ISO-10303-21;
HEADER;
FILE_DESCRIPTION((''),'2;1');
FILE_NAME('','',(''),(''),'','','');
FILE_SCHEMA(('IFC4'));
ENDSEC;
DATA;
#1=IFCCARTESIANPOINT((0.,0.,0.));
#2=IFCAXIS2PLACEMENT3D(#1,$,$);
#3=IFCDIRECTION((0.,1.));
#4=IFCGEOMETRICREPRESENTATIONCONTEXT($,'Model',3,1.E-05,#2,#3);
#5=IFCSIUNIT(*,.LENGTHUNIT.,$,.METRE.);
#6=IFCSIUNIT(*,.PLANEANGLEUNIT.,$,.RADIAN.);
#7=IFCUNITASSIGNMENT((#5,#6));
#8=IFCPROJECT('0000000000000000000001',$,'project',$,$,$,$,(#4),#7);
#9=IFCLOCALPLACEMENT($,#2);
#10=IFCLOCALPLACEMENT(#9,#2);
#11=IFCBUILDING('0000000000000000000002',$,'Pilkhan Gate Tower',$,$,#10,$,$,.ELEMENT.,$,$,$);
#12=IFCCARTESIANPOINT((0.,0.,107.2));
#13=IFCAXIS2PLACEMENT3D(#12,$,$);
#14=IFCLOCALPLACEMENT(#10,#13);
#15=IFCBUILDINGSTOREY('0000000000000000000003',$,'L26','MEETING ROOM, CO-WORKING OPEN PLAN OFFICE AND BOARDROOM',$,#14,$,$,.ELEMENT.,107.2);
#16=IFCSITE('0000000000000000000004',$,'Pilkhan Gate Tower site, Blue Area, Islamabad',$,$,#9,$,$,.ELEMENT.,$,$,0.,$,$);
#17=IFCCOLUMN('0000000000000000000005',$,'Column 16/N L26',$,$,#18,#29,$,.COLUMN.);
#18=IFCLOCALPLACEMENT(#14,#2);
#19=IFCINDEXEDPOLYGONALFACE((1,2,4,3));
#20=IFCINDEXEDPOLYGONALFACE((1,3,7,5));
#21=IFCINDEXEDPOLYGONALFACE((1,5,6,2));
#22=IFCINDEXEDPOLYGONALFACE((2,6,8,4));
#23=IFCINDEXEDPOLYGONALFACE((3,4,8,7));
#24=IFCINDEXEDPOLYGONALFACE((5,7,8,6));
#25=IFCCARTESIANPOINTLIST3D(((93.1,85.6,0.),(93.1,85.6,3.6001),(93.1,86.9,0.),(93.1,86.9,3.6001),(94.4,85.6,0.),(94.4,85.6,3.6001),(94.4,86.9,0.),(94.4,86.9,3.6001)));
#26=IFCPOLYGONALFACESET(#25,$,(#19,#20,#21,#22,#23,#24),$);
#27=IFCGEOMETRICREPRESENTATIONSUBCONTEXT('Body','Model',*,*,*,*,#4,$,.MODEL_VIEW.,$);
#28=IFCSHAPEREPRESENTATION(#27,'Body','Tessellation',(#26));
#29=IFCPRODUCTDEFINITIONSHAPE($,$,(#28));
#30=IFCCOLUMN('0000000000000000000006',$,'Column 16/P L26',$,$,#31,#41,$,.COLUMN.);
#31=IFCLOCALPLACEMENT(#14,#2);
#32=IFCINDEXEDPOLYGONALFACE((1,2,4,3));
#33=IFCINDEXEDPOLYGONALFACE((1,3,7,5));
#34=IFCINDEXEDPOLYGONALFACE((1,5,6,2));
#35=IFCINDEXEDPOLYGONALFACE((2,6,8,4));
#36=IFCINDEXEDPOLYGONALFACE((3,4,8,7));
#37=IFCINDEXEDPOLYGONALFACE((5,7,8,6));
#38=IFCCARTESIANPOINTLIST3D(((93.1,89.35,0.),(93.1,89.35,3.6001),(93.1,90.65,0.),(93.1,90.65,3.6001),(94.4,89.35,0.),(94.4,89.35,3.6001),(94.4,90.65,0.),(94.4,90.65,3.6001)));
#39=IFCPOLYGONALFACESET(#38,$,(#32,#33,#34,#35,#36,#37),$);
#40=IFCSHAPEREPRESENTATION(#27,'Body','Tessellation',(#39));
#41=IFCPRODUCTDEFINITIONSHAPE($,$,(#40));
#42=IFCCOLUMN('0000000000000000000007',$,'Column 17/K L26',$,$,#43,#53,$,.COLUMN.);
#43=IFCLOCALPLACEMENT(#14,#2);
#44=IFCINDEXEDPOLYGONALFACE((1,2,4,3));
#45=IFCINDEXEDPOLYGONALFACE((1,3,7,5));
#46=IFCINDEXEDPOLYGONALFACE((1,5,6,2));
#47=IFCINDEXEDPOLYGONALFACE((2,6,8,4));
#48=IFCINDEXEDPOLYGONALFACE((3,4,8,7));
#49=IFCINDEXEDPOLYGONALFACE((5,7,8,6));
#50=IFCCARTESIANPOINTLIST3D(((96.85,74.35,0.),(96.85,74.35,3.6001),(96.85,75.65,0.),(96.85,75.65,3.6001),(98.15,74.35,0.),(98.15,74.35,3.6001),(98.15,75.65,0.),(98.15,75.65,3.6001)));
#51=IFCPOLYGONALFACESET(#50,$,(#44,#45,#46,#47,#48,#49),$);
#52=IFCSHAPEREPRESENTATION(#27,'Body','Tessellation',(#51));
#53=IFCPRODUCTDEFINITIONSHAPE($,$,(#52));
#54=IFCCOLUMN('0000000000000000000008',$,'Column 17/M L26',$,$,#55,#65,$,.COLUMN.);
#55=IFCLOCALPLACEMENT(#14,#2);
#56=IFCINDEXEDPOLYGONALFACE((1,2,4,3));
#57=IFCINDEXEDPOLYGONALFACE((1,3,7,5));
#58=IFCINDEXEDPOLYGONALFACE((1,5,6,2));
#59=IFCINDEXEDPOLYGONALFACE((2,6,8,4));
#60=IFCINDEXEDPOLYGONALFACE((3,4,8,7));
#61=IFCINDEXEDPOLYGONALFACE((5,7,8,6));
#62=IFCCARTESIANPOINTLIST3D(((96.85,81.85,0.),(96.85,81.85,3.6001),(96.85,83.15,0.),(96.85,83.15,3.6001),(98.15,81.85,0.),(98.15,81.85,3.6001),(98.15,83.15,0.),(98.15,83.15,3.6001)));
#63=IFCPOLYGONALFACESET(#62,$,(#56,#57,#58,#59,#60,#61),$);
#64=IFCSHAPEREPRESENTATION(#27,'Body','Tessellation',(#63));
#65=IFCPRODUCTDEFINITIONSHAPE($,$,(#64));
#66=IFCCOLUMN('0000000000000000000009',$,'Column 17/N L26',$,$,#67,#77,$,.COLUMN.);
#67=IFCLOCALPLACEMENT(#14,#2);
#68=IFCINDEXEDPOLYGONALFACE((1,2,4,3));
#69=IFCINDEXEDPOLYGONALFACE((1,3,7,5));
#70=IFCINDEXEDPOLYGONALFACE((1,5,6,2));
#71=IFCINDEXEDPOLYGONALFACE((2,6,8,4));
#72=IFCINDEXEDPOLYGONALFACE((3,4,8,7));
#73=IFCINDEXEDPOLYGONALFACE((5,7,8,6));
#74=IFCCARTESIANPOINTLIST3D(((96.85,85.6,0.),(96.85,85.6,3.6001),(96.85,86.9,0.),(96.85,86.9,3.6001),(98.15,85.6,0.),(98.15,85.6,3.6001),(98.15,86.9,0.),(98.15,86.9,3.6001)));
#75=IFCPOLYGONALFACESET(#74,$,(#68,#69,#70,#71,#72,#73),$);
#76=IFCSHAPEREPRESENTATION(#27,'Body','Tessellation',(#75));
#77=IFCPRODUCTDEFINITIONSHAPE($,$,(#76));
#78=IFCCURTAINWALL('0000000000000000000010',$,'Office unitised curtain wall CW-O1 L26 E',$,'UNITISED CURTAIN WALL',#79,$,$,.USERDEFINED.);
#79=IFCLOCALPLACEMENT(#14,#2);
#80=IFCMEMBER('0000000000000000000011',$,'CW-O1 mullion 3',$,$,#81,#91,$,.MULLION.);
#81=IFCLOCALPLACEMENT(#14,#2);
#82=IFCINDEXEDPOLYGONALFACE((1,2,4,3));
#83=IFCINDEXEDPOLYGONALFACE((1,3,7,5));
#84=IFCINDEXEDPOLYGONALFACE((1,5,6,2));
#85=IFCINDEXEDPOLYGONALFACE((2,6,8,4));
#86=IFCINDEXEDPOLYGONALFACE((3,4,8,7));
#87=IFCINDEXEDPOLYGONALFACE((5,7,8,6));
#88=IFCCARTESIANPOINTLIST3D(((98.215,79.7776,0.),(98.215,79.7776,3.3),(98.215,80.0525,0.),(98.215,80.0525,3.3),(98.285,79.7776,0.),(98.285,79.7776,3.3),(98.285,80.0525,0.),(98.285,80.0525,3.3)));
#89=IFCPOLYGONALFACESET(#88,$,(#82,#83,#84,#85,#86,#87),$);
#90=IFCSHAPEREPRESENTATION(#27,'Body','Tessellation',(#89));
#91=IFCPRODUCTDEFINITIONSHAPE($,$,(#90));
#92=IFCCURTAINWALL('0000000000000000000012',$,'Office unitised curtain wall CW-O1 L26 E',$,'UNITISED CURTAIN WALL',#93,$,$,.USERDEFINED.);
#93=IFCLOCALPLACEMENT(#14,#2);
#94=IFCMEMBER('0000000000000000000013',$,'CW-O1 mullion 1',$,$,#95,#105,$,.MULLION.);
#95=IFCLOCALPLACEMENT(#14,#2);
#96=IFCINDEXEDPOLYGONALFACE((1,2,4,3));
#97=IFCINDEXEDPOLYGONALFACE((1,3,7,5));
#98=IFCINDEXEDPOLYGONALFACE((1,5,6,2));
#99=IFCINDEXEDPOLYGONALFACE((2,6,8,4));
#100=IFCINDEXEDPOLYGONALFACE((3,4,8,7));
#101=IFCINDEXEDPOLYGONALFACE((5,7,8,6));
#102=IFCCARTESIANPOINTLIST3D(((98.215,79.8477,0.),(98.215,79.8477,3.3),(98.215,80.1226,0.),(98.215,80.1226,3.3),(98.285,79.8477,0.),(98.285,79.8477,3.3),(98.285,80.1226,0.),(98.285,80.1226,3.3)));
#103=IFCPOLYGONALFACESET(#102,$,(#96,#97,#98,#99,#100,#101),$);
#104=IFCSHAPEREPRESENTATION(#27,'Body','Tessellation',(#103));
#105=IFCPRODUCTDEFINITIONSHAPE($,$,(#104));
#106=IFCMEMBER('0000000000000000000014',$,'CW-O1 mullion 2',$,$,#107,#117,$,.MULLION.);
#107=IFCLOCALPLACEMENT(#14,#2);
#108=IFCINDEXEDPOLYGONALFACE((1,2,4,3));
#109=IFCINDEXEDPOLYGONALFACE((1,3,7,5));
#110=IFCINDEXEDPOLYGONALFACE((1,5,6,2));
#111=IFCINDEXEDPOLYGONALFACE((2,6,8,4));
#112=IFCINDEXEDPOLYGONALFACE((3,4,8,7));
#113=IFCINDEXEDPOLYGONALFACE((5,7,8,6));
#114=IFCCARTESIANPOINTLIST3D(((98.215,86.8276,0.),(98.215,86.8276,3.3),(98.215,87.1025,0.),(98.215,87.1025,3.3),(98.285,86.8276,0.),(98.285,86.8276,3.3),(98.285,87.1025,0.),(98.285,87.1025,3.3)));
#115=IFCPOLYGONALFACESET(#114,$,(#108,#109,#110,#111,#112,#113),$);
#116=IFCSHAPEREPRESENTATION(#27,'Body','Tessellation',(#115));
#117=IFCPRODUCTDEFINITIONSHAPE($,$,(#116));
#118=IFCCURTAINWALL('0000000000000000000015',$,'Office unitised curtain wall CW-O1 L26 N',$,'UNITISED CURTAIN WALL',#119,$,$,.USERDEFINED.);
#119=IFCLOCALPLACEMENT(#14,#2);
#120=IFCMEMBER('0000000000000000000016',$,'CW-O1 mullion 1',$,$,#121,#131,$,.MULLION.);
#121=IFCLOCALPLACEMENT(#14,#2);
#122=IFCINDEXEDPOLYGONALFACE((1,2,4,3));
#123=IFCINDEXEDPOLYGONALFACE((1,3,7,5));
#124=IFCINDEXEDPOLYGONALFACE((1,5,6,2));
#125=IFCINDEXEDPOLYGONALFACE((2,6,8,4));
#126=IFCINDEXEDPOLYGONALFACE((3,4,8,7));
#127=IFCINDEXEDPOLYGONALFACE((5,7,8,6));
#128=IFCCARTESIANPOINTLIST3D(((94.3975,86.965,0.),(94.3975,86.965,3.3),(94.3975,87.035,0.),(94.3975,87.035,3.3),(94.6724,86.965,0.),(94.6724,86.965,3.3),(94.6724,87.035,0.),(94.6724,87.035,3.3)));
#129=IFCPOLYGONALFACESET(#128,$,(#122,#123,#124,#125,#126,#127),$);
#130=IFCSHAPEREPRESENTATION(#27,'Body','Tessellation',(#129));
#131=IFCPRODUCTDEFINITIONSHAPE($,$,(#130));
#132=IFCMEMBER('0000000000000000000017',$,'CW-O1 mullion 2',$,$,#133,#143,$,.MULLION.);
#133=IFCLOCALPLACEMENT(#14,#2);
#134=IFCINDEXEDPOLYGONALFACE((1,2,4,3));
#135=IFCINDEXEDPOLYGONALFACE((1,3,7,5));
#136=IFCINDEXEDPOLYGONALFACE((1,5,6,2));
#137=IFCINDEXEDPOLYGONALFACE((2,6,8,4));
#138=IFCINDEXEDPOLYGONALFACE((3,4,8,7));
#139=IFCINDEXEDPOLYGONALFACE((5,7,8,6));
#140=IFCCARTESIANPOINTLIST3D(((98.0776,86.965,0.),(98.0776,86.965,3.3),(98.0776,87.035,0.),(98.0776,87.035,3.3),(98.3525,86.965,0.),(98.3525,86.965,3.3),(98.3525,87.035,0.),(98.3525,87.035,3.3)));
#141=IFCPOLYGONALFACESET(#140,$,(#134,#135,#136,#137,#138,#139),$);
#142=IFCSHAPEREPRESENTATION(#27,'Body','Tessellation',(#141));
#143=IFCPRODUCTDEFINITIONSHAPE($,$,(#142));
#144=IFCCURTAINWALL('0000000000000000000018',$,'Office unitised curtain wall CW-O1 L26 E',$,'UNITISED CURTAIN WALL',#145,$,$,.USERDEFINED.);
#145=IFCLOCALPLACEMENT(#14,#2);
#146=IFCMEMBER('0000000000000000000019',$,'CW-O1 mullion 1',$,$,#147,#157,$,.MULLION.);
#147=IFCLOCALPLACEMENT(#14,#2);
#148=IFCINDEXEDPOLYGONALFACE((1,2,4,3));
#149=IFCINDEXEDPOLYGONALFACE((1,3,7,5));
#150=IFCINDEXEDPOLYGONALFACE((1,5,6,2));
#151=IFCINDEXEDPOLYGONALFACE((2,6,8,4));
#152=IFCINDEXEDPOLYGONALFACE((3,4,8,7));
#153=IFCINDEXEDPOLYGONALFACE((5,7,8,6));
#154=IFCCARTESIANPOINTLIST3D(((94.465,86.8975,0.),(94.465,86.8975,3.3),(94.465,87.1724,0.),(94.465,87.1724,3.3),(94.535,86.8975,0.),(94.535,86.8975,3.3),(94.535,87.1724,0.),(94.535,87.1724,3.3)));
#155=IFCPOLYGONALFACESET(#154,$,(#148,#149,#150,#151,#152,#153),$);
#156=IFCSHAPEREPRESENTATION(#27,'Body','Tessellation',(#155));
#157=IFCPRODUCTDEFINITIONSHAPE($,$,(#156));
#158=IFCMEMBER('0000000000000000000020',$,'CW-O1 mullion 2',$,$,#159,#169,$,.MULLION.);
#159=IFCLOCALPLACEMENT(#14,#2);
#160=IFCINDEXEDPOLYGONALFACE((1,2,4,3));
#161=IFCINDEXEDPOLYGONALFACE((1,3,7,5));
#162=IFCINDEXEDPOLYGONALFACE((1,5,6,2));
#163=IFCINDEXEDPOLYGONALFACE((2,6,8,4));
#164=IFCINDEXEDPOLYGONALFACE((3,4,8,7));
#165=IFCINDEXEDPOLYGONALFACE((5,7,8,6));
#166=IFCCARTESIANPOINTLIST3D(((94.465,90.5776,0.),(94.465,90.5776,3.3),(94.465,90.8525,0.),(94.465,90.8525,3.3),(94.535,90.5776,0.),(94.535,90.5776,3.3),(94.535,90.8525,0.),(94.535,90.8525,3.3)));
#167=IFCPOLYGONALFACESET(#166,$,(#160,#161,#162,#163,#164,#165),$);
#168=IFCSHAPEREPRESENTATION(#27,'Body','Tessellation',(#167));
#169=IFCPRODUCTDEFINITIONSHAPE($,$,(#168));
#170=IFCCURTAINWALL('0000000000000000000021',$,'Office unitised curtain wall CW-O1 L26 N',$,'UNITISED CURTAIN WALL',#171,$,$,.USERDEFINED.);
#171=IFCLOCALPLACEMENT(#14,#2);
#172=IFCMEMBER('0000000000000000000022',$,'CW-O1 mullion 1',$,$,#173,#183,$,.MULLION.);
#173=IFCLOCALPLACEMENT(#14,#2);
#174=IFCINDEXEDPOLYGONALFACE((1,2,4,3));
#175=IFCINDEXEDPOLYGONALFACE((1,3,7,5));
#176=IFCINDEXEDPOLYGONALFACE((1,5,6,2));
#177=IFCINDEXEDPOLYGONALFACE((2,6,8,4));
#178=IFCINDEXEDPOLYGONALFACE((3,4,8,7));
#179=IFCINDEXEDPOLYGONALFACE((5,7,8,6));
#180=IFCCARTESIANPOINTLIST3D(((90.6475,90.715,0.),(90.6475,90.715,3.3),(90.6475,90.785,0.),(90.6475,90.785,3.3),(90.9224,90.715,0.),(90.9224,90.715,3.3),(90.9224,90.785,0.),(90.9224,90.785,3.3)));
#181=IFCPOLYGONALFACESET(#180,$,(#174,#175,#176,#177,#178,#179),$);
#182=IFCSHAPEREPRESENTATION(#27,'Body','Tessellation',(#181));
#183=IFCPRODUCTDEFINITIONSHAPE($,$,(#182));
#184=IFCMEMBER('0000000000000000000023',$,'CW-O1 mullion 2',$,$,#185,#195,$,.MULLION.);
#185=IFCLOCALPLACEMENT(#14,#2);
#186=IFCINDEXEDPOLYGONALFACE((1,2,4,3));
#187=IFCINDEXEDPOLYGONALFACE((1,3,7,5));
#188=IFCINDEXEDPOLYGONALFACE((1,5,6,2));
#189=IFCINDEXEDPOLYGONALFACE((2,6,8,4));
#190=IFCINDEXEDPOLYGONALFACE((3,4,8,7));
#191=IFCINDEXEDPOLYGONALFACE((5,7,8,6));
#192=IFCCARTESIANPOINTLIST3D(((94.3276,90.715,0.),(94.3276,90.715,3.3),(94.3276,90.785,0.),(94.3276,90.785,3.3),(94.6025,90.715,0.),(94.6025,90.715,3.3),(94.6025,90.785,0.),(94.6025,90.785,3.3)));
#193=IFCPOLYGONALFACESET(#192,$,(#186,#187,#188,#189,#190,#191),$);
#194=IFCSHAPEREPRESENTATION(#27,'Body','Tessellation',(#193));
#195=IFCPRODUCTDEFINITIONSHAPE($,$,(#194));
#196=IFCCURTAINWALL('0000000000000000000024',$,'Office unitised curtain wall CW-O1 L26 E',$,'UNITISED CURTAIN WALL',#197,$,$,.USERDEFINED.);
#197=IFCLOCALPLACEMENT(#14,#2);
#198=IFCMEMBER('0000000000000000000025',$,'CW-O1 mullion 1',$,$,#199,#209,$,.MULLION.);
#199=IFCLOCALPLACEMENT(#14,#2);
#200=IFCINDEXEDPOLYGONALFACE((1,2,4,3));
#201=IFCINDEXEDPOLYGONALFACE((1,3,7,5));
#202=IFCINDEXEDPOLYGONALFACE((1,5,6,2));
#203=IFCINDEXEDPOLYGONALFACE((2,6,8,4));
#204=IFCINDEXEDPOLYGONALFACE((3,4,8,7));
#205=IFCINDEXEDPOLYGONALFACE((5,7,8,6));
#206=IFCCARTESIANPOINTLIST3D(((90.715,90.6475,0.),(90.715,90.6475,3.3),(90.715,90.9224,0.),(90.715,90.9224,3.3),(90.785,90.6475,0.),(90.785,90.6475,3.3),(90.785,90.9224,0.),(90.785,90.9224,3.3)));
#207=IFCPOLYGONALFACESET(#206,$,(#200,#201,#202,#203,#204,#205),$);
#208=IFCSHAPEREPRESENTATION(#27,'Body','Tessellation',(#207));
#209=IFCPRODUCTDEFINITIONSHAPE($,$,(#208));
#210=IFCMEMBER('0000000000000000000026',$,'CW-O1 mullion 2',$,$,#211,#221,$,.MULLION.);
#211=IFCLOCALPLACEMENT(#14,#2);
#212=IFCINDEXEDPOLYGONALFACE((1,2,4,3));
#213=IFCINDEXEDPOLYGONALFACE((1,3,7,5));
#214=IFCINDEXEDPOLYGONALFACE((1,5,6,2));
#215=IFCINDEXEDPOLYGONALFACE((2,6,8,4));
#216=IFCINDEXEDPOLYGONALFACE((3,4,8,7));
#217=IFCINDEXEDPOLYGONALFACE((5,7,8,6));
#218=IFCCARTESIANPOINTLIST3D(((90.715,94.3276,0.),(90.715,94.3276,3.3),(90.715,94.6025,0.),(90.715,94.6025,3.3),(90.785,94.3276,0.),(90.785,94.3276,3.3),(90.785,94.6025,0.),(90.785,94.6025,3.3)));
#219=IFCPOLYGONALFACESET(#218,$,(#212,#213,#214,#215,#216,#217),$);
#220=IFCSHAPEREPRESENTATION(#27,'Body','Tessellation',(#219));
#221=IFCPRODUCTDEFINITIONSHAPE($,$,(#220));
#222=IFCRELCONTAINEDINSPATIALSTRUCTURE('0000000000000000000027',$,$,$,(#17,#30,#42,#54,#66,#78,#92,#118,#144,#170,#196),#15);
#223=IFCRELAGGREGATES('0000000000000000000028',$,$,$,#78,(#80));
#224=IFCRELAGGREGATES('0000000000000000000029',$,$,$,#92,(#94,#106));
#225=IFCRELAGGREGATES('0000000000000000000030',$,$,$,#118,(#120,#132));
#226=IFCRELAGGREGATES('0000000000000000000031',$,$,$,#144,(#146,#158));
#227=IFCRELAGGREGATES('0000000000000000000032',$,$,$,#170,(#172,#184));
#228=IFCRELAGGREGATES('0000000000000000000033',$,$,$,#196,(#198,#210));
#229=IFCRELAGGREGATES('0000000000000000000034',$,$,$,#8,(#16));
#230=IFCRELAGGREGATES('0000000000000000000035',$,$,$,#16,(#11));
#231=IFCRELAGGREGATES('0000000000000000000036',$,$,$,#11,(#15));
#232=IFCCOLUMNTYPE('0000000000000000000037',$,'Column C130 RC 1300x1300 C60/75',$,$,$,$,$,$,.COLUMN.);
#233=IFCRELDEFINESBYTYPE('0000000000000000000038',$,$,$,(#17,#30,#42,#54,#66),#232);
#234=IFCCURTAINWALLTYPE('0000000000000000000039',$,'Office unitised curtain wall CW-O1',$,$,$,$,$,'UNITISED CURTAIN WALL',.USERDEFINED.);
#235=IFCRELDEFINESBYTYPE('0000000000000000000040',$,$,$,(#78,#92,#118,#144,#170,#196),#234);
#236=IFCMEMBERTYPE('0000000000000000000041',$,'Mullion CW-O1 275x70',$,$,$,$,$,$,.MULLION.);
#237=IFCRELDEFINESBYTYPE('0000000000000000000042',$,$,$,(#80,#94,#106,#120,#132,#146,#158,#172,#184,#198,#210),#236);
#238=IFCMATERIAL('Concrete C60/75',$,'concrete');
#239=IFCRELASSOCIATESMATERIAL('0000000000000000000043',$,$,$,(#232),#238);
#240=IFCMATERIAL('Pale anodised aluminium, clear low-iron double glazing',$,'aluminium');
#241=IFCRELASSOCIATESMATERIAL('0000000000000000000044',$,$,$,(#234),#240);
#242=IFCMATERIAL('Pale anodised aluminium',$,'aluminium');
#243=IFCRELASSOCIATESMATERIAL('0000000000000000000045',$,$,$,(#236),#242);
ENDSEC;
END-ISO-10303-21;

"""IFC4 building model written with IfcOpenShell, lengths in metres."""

from ifc_helpers import new_model, si_unit, direction, frame, origin, origin_2d, place, context, subcontext, project, spatial, rectangle, extrude, material, material_profile, profile_set, type_object, element, aggregate, save


model = new_model("IFC4")

# Units and contexts
model_context = context("Model", 3, precision=1e-05, world=origin(), true_north=direction((0.0, 1.0)))
body_context = subcontext(model_context, "Body", "Model", "MODEL_VIEW")
ifc_project = project(units=[si_unit("LENGTHUNIT", "METRE"), si_unit("PLANEANGLEUNIT", "RADIAN")], contexts=[model_context])

# Site, building, storey
site_placement = place(None, origin())
site = spatial("IfcSite", under=ifc_project, at=site_placement, Name="Pilkhan Gate Tower site, Blue Area, Islamabad", CompositionType="ELEMENT", RefElevation=0.0)
building_placement = place(site_placement, origin())
building = spatial("IfcBuilding", under=site, at=building_placement, Name="Pilkhan Gate Tower", CompositionType="ELEMENT")
storey_placement = place(building_placement, frame((0.0, 0.0, 107.2)))
storey = spatial("IfcBuildingStorey", under=building, at=storey_placement, Name="L26", Description="MEETING ROOM, CO-WORKING OPEN PLAN OFFICE AND BOARDROOM", CompositionType="ELEMENT", Elevation=107.2)

# Columns
ifc_material_1 = material(Name="Concrete C60/75", Category="concrete")
ifc_material_profile_1 = material_profile(ifc_material_1, rectangle(XDim=1.3, YDim=1.3, at=origin_2d()), Name="RC 1300x1300")
ifc_profile_set_1 = profile_set([ifc_material_profile_1], Name="Concrete C60/75")
column_type = type_object("IfcColumnType", Name="Column C130 RC 1300x1300 C60/75", PredefinedType="COLUMN", material=ifc_profile_set_1)
for number, where, z_axis, x_axis, name in (
    (1, (93.75, 86.25, 0.0), (0.0, 0.0, 1.0), (1.0, 0.0, 0.0), "Column 16/N L26"),
    (2, (93.75, 90.0, 0.0), (0.0, 0.0, 1.0), (1.0, 0.0, 0.0), "Column 16/P L26"),
    (3, (97.5, 75.0, 0.0), (0.0, 0.0, 1.0), (1.0, 0.0, 0.0), "Column 17/K L26"),
    (4, (97.5, 82.5, 0.0), (0.0, 0.0, 1.0), (1.0, 0.0, 0.0), "Column 17/M L26"),
    (5, (97.5, 86.25, 0.0), (0.0, 0.0, 1.0), (1.0, 0.0, 0.0), "Column 17/N L26"),
):
    element("IfcColumn", number, at=place(storey_placement, frame(where, z_axis=z_axis, x_axis=x_axis)), inside=storey, type_object=column_type, Name=name, PredefinedType="COLUMN", context=body_context, shape_type="SweptSolid", body=[
        extrude(rectangle(XDim=1.3, YDim=1.3, at=origin_2d()), origin(), (0.0, 0.0, 1.0), 3.6001),
    ])

# Curtain wall, member
ifc_material_2 = material(Name="Pale anodised aluminium, clear low-iron double glazing", Category="aluminium")
curtain_wall_type = type_object("IfcCurtainWallType", Name="Office unitised curtain wall CW-O1", ElementType="UNITISED CURTAIN WALL", PredefinedType="USERDEFINED", material=ifc_material_2)
curtain_wall_1_placement = place(storey_placement, origin())
curtain_wall_1 = element("IfcCurtainWall", 6, at=curtain_wall_1_placement, inside=storey, type_object=curtain_wall_type, Name="Office unitised curtain wall CW-O1 L26 E", ObjectType="UNITISED CURTAIN WALL", PredefinedType="USERDEFINED")
ifc_material_3 = material(Name="Pale anodised aluminium", Category="aluminium")
ifc_material_profile_2 = material_profile(ifc_material_3, rectangle(XDim=0.0701, YDim=0.2749, at=origin_2d()), Name="Mullion 275x70")
ifc_profile_set_2 = profile_set([ifc_material_profile_2], Name="Pale anodised aluminium")
member_type_1 = type_object("IfcMemberType", Name="Mullion CW-O1 275x70", PredefinedType="MULLION", material=ifc_profile_set_2)
member_1_placement = place(storey_placement, frame((98.25, 79.915, 0.0), z_axis=(0.0, 0.0, 1.0), x_axis=(-1.0, 0.0, 0.0)))
member_1 = element("IfcMember", 7, at=member_1_placement, type_object=member_type_1, Name="CW-O1 mullion 3", PredefinedType="MULLION", context=body_context, shape_type="SweptSolid", body=[
    extrude(rectangle(XDim=0.0701, YDim=0.2749, at=origin_2d()), origin(), (0.0, 0.0, 1.0), 3.3),
])

# Curtain walls, members
curtain_wall_2_placement = place(storey_placement, origin())
curtain_wall_2 = element("IfcCurtainWall", 8, at=curtain_wall_2_placement, inside=storey, type_object=curtain_wall_type, Name="Office unitised curtain wall CW-O1 L26 E", ObjectType="UNITISED CURTAIN WALL", PredefinedType="USERDEFINED")
member_2_placement = place(storey_placement, frame((98.25, 79.9851, 0.0), z_axis=(0.0, 0.0, 1.0), x_axis=(-1.0, 0.0, 0.0)))
member_2 = element("IfcMember", 9, at=member_2_placement, type_object=member_type_1, Name="CW-O1 mullion 1", PredefinedType="MULLION", context=body_context, shape_type="SweptSolid", body=[
    extrude(rectangle(XDim=0.0701, YDim=0.2749, at=origin_2d()), origin(), (0.0, 0.0, 1.0), 3.3),
])
member_3_placement = place(storey_placement, frame((98.25, 86.9651, 0.0), z_axis=(0.0, 0.0, 1.0), x_axis=(-1.0, 0.0, 0.0)))
member_3 = element("IfcMember", 10, at=member_3_placement, type_object=member_type_1, Name="CW-O1 mullion 2", PredefinedType="MULLION", context=body_context, shape_type="SweptSolid", body=[
    extrude(rectangle(XDim=0.0701, YDim=0.2749, at=origin_2d()), origin(), (0.0, 0.0, 1.0), 3.3),
])
curtain_wall_3_placement = place(storey_placement, origin())
curtain_wall_3 = element("IfcCurtainWall", 11, at=curtain_wall_3_placement, inside=storey, type_object=curtain_wall_type, Name="Office unitised curtain wall CW-O1 L26 N", ObjectType="UNITISED CURTAIN WALL", PredefinedType="USERDEFINED")
member_4_placement = place(storey_placement, frame((94.5349, 87.0, 0.0), z_axis=(0.0, 0.0, 1.0), x_axis=(0.0, 1.0, 0.0)))
member_4 = element("IfcMember", 12, at=member_4_placement, type_object=member_type_1, Name="CW-O1 mullion 1", PredefinedType="MULLION", context=body_context, shape_type="SweptSolid", body=[
    extrude(rectangle(XDim=0.0701, YDim=0.2749, at=origin_2d()), origin(), (0.0, 0.0, 1.0), 3.3),
])
member_5_placement = place(storey_placement, frame((98.2151, 87.0, 0.0), z_axis=(0.0, 0.0, 1.0), x_axis=(0.0, 1.0, 0.0)))
member_5 = element("IfcMember", 13, at=member_5_placement, type_object=member_type_1, Name="CW-O1 mullion 2", PredefinedType="MULLION", context=body_context, shape_type="SweptSolid", body=[
    extrude(rectangle(XDim=0.0701, YDim=0.2749, at=origin_2d()), origin(), (0.0, 0.0, 1.0), 3.3),
])
curtain_wall_4_placement = place(storey_placement, origin())
curtain_wall_4 = element("IfcCurtainWall", 14, at=curtain_wall_4_placement, inside=storey, type_object=curtain_wall_type, Name="Office unitised curtain wall CW-O1 L26 E", ObjectType="UNITISED CURTAIN WALL", PredefinedType="USERDEFINED")
member_6_placement = place(storey_placement, frame((94.5, 87.0349, 0.0), z_axis=(0.0, 0.0, 1.0), x_axis=(-1.0, 0.0, 0.0)))
member_6 = element("IfcMember", 15, at=member_6_placement, type_object=member_type_1, Name="CW-O1 mullion 1", PredefinedType="MULLION", context=body_context, shape_type="SweptSolid", body=[
    extrude(rectangle(XDim=0.0701, YDim=0.2749, at=origin_2d()), origin(), (0.0, 0.0, 1.0), 3.3),
])
member_7_placement = place(storey_placement, frame((94.5, 90.7151, 0.0), z_axis=(0.0, 0.0, 1.0), x_axis=(-1.0, 0.0, 0.0)))
member_7 = element("IfcMember", 16, at=member_7_placement, type_object=member_type_1, Name="CW-O1 mullion 2", PredefinedType="MULLION", context=body_context, shape_type="SweptSolid", body=[
    extrude(rectangle(XDim=0.0701, YDim=0.2749, at=origin_2d()), origin(), (0.0, 0.0, 1.0), 3.3),
])
curtain_wall_5_placement = place(storey_placement, origin())
curtain_wall_5 = element("IfcCurtainWall", 17, at=curtain_wall_5_placement, inside=storey, type_object=curtain_wall_type, Name="Office unitised curtain wall CW-O1 L26 N", ObjectType="UNITISED CURTAIN WALL", PredefinedType="USERDEFINED")
member_8_placement = place(storey_placement, frame((90.7849, 90.75, 0.0), z_axis=(0.0, 0.0, 1.0), x_axis=(0.0, 1.0, 0.0)))
member_8 = element("IfcMember", 18, at=member_8_placement, type_object=member_type_1, Name="CW-O1 mullion 1", PredefinedType="MULLION", context=body_context, shape_type="SweptSolid", body=[
    extrude(rectangle(XDim=0.0701, YDim=0.2749, at=origin_2d()), origin(), (0.0, 0.0, 1.0), 3.3),
])
member_9_placement = place(storey_placement, frame((94.4651, 90.75, 0.0), z_axis=(0.0, 0.0, 1.0), x_axis=(0.0, 1.0, 0.0)))
member_9 = element("IfcMember", 19, at=member_9_placement, type_object=member_type_1, Name="CW-O1 mullion 2", PredefinedType="MULLION", context=body_context, shape_type="SweptSolid", body=[
    extrude(rectangle(XDim=0.0701, YDim=0.2749, at=origin_2d()), origin(), (0.0, 0.0, 1.0), 3.3),
])
curtain_wall_6_placement = place(storey_placement, origin())
curtain_wall_6 = element("IfcCurtainWall", 20, at=curtain_wall_6_placement, inside=storey, type_object=curtain_wall_type, Name="Office unitised curtain wall CW-O1 L26 E", ObjectType="UNITISED CURTAIN WALL", PredefinedType="USERDEFINED")
member_10_placement = place(storey_placement, frame((90.75, 90.7849, 0.0), z_axis=(0.0, 0.0, 1.0), x_axis=(-1.0, 0.0, 0.0)))
member_10 = element("IfcMember", 21, at=member_10_placement, type_object=member_type_1, Name="CW-O1 mullion 1", PredefinedType="MULLION", context=body_context, shape_type="SweptSolid", body=[
    extrude(rectangle(XDim=0.0701, YDim=0.2749, at=origin_2d()), origin(), (0.0, 0.0, 1.0), 3.3),
])
member_11_placement = place(storey_placement, frame((90.75, 94.4651, 0.0), z_axis=(0.0, 0.0, 1.0), x_axis=(-1.0, 0.0, 0.0)))
member_11 = element("IfcMember", 22, at=member_11_placement, type_object=member_type_1, Name="CW-O1 mullion 2", PredefinedType="MULLION", context=body_context, shape_type="SweptSolid", body=[
    extrude(rectangle(XDim=0.0701, YDim=0.2749, at=origin_2d()), origin(), (0.0, 0.0, 1.0), 3.3),
])

aggregate(curtain_wall_1, [member_1])
aggregate(curtain_wall_2, [member_2, member_3])
aggregate(curtain_wall_3, [member_4, member_5])
aggregate(curtain_wall_4, [member_6, member_7])
aggregate(curtain_wall_5, [member_8, member_9])
aggregate(curtain_wall_6, [member_10, member_11])

save(model, "model.ifc")
